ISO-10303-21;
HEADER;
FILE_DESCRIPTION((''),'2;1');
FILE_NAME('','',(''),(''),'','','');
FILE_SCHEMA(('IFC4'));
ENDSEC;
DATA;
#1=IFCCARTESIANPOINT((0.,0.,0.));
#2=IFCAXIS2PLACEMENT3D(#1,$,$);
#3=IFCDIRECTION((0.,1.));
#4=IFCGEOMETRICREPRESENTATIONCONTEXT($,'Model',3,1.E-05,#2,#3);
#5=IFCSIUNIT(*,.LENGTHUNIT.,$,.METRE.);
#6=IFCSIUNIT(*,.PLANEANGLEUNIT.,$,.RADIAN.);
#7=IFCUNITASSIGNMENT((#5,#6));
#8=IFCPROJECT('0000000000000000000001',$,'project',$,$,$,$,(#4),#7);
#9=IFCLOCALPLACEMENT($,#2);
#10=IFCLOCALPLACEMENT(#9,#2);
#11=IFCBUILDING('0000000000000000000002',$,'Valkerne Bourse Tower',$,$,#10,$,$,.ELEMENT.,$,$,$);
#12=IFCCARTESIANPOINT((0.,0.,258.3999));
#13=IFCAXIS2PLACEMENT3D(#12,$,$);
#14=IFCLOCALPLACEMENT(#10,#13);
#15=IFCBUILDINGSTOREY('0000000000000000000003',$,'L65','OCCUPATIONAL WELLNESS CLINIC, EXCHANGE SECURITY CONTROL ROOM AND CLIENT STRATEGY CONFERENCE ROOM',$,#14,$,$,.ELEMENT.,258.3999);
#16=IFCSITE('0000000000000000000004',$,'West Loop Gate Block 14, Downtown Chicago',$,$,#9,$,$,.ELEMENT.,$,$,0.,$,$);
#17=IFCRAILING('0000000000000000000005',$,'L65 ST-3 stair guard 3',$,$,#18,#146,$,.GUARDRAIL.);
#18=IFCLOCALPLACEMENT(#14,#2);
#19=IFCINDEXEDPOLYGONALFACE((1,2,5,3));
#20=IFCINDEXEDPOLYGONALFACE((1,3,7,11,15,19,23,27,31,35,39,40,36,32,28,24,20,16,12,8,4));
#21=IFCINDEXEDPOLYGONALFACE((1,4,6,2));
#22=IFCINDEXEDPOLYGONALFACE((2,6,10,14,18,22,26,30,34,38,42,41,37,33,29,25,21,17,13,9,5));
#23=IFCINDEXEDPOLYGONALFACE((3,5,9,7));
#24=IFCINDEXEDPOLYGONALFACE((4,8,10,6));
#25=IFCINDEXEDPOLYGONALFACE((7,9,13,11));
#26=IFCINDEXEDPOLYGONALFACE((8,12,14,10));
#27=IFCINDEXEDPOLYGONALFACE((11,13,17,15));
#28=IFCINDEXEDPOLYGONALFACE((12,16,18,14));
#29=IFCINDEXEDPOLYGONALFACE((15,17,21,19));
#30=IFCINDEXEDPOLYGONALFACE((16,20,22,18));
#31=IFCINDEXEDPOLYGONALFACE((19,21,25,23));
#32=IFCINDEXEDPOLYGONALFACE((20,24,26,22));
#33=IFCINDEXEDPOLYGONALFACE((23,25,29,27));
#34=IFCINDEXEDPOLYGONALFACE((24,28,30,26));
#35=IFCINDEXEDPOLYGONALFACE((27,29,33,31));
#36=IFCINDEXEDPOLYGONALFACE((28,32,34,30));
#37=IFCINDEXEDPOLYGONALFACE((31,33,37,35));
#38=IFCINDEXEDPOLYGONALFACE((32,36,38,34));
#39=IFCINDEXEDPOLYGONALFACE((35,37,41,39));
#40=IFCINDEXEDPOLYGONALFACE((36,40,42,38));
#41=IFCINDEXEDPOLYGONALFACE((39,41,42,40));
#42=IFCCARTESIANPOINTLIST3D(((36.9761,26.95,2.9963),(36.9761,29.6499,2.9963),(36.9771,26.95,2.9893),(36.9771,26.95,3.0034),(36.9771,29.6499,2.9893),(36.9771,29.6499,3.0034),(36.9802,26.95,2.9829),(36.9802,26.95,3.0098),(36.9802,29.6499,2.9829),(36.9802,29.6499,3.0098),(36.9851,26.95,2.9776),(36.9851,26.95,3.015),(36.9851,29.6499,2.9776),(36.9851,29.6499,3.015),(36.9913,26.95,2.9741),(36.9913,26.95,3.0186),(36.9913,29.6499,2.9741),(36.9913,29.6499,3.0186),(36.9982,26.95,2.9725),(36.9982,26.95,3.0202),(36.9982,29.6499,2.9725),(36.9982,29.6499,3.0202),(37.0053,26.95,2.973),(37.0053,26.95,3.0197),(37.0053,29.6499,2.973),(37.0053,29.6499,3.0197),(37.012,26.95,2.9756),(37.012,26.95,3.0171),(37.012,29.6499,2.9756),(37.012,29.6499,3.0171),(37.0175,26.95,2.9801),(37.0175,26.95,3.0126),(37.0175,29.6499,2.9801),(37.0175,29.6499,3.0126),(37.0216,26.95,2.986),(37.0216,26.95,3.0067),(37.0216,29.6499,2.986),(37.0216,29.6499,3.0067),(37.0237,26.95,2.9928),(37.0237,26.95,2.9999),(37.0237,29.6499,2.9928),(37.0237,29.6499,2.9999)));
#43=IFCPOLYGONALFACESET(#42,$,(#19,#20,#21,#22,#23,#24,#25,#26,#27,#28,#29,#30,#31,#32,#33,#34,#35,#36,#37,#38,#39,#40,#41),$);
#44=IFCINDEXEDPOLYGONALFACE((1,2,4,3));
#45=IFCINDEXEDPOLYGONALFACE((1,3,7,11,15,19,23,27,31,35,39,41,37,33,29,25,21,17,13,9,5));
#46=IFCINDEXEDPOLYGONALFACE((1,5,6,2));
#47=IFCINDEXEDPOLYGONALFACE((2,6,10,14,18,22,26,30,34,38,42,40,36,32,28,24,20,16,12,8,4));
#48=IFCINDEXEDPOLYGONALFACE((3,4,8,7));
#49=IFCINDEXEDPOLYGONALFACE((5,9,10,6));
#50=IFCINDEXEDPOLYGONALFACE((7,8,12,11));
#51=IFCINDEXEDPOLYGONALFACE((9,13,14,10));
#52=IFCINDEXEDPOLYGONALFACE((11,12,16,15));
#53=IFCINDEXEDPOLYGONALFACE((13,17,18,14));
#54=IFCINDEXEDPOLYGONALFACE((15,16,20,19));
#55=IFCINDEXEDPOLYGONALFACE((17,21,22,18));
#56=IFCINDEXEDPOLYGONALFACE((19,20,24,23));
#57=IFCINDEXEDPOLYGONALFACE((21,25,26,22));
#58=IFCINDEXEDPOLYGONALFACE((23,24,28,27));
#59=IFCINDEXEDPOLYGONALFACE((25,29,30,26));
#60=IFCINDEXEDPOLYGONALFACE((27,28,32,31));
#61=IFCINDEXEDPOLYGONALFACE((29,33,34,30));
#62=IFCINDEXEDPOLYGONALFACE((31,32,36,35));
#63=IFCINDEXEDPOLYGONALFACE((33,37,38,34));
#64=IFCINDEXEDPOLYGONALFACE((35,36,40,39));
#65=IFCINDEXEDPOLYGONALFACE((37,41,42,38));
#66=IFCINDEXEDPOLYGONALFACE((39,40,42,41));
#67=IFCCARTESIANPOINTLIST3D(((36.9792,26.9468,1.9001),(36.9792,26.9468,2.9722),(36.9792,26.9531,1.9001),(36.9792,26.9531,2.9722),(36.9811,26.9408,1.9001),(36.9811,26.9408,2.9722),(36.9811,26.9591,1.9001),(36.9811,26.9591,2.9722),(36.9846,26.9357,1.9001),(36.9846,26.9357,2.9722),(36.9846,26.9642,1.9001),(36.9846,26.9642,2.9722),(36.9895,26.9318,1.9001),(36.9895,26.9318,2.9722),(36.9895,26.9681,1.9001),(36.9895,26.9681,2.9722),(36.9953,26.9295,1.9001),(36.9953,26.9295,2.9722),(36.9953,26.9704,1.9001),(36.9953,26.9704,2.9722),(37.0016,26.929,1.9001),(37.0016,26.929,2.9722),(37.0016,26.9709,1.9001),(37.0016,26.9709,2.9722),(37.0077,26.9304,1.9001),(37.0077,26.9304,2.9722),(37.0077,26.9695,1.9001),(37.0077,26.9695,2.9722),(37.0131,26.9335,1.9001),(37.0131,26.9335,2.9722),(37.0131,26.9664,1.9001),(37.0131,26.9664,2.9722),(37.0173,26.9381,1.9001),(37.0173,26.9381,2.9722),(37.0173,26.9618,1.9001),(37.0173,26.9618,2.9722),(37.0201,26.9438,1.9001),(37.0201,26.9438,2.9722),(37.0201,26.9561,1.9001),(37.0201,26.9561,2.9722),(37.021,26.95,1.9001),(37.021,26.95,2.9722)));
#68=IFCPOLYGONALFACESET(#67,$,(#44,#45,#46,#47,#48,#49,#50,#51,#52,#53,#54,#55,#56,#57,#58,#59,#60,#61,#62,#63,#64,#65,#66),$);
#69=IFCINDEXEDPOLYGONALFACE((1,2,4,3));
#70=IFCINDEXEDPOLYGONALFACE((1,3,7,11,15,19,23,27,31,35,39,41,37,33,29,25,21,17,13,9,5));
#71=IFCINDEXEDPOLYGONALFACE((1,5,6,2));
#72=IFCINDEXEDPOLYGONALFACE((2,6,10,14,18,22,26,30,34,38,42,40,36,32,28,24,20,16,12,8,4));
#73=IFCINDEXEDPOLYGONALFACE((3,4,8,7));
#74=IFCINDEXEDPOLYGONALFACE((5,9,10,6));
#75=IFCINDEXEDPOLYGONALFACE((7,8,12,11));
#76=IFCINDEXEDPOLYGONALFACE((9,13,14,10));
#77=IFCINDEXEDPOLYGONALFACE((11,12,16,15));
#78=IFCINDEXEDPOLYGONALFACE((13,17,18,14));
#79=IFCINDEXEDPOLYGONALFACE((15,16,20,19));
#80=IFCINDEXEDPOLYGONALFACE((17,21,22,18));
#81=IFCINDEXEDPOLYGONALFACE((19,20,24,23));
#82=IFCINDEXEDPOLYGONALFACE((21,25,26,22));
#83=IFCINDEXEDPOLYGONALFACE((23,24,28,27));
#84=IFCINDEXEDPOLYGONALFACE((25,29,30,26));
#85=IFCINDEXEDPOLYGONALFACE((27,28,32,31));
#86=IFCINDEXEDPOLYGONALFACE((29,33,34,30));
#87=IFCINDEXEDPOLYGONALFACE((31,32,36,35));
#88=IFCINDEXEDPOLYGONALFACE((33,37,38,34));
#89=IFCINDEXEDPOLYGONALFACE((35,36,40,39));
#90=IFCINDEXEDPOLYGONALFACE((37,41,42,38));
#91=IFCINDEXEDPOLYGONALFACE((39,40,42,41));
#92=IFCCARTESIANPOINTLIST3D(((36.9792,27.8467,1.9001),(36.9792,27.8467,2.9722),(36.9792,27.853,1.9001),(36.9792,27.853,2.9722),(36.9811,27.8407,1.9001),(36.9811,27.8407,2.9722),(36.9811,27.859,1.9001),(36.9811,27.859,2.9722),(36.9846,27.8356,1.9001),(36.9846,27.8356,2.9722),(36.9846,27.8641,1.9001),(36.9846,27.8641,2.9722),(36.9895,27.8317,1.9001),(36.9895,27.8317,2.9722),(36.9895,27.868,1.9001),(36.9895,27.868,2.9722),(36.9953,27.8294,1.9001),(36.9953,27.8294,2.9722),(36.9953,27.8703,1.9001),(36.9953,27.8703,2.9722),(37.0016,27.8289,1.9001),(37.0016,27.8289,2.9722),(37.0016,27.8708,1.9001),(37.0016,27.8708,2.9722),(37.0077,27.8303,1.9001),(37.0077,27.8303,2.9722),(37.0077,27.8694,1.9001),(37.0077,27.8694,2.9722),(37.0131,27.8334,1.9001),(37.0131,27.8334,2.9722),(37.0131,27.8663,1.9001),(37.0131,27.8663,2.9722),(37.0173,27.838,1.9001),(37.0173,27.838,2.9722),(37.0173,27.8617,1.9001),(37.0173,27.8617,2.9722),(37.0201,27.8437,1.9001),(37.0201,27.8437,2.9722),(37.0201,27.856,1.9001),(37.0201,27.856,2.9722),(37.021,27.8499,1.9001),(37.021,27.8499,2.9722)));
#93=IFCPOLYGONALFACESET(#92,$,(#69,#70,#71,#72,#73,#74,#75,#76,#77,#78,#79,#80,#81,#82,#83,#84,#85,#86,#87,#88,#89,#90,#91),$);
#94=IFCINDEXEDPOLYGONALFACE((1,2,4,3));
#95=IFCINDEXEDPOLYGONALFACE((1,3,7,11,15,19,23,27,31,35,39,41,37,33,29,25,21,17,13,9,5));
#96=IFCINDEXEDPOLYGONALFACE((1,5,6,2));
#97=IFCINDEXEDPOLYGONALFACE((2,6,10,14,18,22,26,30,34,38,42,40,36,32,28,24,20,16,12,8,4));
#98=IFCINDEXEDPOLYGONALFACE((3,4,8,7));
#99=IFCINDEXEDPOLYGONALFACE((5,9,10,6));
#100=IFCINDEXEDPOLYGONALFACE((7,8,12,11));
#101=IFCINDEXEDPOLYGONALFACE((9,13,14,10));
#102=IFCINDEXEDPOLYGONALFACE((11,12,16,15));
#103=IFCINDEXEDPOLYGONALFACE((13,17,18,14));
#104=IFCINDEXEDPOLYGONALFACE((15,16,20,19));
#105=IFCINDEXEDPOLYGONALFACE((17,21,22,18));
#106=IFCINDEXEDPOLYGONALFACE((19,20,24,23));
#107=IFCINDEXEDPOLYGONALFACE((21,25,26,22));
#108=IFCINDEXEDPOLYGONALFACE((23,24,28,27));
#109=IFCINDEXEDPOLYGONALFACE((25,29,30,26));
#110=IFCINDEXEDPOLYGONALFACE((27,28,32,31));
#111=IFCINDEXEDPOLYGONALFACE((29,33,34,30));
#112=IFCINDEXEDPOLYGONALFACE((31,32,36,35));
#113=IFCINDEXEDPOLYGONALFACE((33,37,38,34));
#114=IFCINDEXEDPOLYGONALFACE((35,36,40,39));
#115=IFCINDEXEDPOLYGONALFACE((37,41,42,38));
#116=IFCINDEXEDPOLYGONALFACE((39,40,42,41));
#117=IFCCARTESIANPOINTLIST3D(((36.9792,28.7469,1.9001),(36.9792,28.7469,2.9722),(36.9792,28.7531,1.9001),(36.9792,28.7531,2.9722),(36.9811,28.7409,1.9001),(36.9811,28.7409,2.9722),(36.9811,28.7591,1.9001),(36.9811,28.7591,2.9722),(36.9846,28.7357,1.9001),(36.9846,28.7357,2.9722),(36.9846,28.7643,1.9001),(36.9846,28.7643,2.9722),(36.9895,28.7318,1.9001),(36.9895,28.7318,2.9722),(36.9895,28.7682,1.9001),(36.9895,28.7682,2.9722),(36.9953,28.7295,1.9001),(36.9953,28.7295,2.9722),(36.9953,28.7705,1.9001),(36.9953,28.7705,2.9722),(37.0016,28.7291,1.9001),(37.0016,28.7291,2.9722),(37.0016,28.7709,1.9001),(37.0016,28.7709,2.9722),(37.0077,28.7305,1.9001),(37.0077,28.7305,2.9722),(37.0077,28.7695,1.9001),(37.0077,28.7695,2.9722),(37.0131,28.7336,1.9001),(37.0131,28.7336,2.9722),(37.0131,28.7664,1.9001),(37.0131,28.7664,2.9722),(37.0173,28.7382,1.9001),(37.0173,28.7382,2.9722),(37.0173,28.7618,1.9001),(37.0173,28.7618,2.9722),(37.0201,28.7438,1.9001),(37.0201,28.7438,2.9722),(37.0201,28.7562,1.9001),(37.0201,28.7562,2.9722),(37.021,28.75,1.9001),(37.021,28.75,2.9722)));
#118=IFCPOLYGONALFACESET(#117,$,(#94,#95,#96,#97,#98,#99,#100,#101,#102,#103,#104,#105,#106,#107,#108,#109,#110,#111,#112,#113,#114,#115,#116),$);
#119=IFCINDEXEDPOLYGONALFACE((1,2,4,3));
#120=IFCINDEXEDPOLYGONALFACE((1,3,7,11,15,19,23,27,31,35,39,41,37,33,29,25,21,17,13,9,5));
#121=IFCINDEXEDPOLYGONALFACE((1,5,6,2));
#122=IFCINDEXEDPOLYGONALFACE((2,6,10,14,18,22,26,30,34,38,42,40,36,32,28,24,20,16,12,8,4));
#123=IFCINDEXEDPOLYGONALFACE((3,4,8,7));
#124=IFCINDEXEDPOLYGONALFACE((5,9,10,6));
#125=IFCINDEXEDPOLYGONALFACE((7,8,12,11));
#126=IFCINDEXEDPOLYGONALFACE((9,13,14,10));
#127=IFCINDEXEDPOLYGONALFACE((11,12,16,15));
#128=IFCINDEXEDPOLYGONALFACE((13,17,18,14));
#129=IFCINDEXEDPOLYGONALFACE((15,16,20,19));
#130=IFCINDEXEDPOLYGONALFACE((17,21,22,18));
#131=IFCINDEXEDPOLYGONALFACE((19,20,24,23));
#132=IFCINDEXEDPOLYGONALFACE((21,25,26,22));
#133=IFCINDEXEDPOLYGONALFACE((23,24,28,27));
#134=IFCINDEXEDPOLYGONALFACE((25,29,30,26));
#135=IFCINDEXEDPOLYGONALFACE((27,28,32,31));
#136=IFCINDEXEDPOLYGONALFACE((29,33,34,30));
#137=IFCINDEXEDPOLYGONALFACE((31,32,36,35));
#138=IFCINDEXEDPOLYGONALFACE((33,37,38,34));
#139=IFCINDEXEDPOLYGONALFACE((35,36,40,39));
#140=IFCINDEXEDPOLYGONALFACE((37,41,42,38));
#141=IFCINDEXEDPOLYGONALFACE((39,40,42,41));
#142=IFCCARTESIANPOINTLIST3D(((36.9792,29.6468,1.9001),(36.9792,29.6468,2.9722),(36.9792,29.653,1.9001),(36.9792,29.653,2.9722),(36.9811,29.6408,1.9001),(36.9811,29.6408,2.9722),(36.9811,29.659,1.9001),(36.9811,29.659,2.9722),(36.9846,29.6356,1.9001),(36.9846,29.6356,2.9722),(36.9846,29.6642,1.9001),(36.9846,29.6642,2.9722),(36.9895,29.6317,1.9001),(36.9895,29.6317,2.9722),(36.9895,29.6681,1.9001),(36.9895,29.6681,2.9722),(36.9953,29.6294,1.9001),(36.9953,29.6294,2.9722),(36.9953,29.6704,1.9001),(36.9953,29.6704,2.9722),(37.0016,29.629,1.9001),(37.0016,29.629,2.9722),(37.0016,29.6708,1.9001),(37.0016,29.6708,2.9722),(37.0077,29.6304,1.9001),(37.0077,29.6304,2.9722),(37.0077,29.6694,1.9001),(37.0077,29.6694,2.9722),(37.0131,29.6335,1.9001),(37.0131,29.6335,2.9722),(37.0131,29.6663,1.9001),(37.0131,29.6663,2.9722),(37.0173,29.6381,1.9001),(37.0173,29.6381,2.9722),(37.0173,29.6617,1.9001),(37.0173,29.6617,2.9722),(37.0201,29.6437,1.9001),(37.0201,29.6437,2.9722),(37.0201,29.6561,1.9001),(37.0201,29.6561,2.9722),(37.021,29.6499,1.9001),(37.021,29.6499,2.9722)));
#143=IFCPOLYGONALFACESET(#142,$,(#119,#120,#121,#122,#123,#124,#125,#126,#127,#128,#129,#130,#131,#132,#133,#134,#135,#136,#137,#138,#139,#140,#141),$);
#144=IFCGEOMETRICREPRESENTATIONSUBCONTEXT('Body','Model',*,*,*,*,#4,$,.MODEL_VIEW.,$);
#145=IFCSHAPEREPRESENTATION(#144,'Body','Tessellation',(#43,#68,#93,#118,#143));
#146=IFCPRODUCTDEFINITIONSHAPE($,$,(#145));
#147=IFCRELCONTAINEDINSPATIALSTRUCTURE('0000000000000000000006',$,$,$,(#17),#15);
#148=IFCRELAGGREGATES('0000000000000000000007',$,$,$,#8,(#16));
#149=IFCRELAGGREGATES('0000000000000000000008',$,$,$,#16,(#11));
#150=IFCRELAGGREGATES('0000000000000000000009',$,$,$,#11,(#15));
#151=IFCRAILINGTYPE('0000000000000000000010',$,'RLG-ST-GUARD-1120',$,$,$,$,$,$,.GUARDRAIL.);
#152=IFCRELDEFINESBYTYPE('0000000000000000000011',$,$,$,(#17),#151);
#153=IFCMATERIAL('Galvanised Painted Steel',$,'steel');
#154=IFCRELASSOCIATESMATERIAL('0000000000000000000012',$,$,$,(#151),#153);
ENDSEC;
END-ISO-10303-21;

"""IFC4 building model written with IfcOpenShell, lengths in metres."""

from ifc_helpers import new_model, si_unit, direction, frame, origin, origin_2d, place, context, subcontext, project, spatial, circle, extrude, material, type_object, element, save


model = new_model("IFC4")

# Units and contexts
model_context = context("Model", 3, precision=1e-05, world=origin(), true_north=direction((0.0, 1.0)))
body_context = subcontext(model_context, "Body", "Model", "MODEL_VIEW")
ifc_project = project(units=[si_unit("LENGTHUNIT", "METRE"), si_unit("PLANEANGLEUNIT", "RADIAN")], contexts=[model_context])

# Site, building, storey
site_placement = place(None, origin())
site = spatial("IfcSite", under=ifc_project, at=site_placement, Name="West Loop Gate Block 14, Downtown Chicago", CompositionType="ELEMENT", RefElevation=0.0)
building_placement = place(site_placement, origin())
building = spatial("IfcBuilding", under=site, at=building_placement, Name="Valkerne Bourse Tower", CompositionType="ELEMENT")
storey_placement = place(building_placement, frame((0.0, 0.0, 258.3999)))
storey = spatial("IfcBuildingStorey", under=building, at=storey_placement, Name="L65", Description="OCCUPATIONAL WELLNESS CLINIC, EXCHANGE SECURITY CONTROL ROOM AND CLIENT STRATEGY CONFERENCE ROOM", CompositionType="ELEMENT", Elevation=258.3999)

# Railing
ifc_material_1 = material(Name="Galvanised Painted Steel", Category="steel")
railing_type_1 = type_object("IfcRailingType", Name="RLG-ST-GUARD-1120", PredefinedType="GUARDRAIL", material=ifc_material_1)
railing_1_placement = place(storey_placement, frame((37.0, 26.95, 1.9001)))
element("IfcRailing", 1, at=railing_1_placement, inside=storey, type_object=railing_type_1, Name="L65 ST-3 stair guard 3", PredefinedType="GUARDRAIL", context=body_context, shape_type="SweptSolid", body=[
    extrude(circle(Radius=0.0239, at=origin_2d()), frame((0.0, 0.0, 1.0962), z_axis=(0.0, 1.0, 0.0), x_axis=(-1.0, 0.0, 0.0)), (0.0, 0.0, 1.0), 2.7),
    extrude(circle(Radius=0.021, at=origin_2d()), origin(), (0.0, 0.0, 1.0), 1.072),
    extrude(circle(Radius=0.021, at=origin_2d()), frame((0.0, 0.8999, 0.0)), (0.0, 0.0, 1.0), 1.072),
    extrude(circle(Radius=0.021, at=origin_2d()), frame((0.0, 1.8, 0.0)), (0.0, 0.0, 1.0), 1.072),
    extrude(circle(Radius=0.021, at=origin_2d()), frame((0.0, 2.7, 0.0)), (0.0, 0.0, 1.0), 1.072),
])

save(model, "model.ifc")
